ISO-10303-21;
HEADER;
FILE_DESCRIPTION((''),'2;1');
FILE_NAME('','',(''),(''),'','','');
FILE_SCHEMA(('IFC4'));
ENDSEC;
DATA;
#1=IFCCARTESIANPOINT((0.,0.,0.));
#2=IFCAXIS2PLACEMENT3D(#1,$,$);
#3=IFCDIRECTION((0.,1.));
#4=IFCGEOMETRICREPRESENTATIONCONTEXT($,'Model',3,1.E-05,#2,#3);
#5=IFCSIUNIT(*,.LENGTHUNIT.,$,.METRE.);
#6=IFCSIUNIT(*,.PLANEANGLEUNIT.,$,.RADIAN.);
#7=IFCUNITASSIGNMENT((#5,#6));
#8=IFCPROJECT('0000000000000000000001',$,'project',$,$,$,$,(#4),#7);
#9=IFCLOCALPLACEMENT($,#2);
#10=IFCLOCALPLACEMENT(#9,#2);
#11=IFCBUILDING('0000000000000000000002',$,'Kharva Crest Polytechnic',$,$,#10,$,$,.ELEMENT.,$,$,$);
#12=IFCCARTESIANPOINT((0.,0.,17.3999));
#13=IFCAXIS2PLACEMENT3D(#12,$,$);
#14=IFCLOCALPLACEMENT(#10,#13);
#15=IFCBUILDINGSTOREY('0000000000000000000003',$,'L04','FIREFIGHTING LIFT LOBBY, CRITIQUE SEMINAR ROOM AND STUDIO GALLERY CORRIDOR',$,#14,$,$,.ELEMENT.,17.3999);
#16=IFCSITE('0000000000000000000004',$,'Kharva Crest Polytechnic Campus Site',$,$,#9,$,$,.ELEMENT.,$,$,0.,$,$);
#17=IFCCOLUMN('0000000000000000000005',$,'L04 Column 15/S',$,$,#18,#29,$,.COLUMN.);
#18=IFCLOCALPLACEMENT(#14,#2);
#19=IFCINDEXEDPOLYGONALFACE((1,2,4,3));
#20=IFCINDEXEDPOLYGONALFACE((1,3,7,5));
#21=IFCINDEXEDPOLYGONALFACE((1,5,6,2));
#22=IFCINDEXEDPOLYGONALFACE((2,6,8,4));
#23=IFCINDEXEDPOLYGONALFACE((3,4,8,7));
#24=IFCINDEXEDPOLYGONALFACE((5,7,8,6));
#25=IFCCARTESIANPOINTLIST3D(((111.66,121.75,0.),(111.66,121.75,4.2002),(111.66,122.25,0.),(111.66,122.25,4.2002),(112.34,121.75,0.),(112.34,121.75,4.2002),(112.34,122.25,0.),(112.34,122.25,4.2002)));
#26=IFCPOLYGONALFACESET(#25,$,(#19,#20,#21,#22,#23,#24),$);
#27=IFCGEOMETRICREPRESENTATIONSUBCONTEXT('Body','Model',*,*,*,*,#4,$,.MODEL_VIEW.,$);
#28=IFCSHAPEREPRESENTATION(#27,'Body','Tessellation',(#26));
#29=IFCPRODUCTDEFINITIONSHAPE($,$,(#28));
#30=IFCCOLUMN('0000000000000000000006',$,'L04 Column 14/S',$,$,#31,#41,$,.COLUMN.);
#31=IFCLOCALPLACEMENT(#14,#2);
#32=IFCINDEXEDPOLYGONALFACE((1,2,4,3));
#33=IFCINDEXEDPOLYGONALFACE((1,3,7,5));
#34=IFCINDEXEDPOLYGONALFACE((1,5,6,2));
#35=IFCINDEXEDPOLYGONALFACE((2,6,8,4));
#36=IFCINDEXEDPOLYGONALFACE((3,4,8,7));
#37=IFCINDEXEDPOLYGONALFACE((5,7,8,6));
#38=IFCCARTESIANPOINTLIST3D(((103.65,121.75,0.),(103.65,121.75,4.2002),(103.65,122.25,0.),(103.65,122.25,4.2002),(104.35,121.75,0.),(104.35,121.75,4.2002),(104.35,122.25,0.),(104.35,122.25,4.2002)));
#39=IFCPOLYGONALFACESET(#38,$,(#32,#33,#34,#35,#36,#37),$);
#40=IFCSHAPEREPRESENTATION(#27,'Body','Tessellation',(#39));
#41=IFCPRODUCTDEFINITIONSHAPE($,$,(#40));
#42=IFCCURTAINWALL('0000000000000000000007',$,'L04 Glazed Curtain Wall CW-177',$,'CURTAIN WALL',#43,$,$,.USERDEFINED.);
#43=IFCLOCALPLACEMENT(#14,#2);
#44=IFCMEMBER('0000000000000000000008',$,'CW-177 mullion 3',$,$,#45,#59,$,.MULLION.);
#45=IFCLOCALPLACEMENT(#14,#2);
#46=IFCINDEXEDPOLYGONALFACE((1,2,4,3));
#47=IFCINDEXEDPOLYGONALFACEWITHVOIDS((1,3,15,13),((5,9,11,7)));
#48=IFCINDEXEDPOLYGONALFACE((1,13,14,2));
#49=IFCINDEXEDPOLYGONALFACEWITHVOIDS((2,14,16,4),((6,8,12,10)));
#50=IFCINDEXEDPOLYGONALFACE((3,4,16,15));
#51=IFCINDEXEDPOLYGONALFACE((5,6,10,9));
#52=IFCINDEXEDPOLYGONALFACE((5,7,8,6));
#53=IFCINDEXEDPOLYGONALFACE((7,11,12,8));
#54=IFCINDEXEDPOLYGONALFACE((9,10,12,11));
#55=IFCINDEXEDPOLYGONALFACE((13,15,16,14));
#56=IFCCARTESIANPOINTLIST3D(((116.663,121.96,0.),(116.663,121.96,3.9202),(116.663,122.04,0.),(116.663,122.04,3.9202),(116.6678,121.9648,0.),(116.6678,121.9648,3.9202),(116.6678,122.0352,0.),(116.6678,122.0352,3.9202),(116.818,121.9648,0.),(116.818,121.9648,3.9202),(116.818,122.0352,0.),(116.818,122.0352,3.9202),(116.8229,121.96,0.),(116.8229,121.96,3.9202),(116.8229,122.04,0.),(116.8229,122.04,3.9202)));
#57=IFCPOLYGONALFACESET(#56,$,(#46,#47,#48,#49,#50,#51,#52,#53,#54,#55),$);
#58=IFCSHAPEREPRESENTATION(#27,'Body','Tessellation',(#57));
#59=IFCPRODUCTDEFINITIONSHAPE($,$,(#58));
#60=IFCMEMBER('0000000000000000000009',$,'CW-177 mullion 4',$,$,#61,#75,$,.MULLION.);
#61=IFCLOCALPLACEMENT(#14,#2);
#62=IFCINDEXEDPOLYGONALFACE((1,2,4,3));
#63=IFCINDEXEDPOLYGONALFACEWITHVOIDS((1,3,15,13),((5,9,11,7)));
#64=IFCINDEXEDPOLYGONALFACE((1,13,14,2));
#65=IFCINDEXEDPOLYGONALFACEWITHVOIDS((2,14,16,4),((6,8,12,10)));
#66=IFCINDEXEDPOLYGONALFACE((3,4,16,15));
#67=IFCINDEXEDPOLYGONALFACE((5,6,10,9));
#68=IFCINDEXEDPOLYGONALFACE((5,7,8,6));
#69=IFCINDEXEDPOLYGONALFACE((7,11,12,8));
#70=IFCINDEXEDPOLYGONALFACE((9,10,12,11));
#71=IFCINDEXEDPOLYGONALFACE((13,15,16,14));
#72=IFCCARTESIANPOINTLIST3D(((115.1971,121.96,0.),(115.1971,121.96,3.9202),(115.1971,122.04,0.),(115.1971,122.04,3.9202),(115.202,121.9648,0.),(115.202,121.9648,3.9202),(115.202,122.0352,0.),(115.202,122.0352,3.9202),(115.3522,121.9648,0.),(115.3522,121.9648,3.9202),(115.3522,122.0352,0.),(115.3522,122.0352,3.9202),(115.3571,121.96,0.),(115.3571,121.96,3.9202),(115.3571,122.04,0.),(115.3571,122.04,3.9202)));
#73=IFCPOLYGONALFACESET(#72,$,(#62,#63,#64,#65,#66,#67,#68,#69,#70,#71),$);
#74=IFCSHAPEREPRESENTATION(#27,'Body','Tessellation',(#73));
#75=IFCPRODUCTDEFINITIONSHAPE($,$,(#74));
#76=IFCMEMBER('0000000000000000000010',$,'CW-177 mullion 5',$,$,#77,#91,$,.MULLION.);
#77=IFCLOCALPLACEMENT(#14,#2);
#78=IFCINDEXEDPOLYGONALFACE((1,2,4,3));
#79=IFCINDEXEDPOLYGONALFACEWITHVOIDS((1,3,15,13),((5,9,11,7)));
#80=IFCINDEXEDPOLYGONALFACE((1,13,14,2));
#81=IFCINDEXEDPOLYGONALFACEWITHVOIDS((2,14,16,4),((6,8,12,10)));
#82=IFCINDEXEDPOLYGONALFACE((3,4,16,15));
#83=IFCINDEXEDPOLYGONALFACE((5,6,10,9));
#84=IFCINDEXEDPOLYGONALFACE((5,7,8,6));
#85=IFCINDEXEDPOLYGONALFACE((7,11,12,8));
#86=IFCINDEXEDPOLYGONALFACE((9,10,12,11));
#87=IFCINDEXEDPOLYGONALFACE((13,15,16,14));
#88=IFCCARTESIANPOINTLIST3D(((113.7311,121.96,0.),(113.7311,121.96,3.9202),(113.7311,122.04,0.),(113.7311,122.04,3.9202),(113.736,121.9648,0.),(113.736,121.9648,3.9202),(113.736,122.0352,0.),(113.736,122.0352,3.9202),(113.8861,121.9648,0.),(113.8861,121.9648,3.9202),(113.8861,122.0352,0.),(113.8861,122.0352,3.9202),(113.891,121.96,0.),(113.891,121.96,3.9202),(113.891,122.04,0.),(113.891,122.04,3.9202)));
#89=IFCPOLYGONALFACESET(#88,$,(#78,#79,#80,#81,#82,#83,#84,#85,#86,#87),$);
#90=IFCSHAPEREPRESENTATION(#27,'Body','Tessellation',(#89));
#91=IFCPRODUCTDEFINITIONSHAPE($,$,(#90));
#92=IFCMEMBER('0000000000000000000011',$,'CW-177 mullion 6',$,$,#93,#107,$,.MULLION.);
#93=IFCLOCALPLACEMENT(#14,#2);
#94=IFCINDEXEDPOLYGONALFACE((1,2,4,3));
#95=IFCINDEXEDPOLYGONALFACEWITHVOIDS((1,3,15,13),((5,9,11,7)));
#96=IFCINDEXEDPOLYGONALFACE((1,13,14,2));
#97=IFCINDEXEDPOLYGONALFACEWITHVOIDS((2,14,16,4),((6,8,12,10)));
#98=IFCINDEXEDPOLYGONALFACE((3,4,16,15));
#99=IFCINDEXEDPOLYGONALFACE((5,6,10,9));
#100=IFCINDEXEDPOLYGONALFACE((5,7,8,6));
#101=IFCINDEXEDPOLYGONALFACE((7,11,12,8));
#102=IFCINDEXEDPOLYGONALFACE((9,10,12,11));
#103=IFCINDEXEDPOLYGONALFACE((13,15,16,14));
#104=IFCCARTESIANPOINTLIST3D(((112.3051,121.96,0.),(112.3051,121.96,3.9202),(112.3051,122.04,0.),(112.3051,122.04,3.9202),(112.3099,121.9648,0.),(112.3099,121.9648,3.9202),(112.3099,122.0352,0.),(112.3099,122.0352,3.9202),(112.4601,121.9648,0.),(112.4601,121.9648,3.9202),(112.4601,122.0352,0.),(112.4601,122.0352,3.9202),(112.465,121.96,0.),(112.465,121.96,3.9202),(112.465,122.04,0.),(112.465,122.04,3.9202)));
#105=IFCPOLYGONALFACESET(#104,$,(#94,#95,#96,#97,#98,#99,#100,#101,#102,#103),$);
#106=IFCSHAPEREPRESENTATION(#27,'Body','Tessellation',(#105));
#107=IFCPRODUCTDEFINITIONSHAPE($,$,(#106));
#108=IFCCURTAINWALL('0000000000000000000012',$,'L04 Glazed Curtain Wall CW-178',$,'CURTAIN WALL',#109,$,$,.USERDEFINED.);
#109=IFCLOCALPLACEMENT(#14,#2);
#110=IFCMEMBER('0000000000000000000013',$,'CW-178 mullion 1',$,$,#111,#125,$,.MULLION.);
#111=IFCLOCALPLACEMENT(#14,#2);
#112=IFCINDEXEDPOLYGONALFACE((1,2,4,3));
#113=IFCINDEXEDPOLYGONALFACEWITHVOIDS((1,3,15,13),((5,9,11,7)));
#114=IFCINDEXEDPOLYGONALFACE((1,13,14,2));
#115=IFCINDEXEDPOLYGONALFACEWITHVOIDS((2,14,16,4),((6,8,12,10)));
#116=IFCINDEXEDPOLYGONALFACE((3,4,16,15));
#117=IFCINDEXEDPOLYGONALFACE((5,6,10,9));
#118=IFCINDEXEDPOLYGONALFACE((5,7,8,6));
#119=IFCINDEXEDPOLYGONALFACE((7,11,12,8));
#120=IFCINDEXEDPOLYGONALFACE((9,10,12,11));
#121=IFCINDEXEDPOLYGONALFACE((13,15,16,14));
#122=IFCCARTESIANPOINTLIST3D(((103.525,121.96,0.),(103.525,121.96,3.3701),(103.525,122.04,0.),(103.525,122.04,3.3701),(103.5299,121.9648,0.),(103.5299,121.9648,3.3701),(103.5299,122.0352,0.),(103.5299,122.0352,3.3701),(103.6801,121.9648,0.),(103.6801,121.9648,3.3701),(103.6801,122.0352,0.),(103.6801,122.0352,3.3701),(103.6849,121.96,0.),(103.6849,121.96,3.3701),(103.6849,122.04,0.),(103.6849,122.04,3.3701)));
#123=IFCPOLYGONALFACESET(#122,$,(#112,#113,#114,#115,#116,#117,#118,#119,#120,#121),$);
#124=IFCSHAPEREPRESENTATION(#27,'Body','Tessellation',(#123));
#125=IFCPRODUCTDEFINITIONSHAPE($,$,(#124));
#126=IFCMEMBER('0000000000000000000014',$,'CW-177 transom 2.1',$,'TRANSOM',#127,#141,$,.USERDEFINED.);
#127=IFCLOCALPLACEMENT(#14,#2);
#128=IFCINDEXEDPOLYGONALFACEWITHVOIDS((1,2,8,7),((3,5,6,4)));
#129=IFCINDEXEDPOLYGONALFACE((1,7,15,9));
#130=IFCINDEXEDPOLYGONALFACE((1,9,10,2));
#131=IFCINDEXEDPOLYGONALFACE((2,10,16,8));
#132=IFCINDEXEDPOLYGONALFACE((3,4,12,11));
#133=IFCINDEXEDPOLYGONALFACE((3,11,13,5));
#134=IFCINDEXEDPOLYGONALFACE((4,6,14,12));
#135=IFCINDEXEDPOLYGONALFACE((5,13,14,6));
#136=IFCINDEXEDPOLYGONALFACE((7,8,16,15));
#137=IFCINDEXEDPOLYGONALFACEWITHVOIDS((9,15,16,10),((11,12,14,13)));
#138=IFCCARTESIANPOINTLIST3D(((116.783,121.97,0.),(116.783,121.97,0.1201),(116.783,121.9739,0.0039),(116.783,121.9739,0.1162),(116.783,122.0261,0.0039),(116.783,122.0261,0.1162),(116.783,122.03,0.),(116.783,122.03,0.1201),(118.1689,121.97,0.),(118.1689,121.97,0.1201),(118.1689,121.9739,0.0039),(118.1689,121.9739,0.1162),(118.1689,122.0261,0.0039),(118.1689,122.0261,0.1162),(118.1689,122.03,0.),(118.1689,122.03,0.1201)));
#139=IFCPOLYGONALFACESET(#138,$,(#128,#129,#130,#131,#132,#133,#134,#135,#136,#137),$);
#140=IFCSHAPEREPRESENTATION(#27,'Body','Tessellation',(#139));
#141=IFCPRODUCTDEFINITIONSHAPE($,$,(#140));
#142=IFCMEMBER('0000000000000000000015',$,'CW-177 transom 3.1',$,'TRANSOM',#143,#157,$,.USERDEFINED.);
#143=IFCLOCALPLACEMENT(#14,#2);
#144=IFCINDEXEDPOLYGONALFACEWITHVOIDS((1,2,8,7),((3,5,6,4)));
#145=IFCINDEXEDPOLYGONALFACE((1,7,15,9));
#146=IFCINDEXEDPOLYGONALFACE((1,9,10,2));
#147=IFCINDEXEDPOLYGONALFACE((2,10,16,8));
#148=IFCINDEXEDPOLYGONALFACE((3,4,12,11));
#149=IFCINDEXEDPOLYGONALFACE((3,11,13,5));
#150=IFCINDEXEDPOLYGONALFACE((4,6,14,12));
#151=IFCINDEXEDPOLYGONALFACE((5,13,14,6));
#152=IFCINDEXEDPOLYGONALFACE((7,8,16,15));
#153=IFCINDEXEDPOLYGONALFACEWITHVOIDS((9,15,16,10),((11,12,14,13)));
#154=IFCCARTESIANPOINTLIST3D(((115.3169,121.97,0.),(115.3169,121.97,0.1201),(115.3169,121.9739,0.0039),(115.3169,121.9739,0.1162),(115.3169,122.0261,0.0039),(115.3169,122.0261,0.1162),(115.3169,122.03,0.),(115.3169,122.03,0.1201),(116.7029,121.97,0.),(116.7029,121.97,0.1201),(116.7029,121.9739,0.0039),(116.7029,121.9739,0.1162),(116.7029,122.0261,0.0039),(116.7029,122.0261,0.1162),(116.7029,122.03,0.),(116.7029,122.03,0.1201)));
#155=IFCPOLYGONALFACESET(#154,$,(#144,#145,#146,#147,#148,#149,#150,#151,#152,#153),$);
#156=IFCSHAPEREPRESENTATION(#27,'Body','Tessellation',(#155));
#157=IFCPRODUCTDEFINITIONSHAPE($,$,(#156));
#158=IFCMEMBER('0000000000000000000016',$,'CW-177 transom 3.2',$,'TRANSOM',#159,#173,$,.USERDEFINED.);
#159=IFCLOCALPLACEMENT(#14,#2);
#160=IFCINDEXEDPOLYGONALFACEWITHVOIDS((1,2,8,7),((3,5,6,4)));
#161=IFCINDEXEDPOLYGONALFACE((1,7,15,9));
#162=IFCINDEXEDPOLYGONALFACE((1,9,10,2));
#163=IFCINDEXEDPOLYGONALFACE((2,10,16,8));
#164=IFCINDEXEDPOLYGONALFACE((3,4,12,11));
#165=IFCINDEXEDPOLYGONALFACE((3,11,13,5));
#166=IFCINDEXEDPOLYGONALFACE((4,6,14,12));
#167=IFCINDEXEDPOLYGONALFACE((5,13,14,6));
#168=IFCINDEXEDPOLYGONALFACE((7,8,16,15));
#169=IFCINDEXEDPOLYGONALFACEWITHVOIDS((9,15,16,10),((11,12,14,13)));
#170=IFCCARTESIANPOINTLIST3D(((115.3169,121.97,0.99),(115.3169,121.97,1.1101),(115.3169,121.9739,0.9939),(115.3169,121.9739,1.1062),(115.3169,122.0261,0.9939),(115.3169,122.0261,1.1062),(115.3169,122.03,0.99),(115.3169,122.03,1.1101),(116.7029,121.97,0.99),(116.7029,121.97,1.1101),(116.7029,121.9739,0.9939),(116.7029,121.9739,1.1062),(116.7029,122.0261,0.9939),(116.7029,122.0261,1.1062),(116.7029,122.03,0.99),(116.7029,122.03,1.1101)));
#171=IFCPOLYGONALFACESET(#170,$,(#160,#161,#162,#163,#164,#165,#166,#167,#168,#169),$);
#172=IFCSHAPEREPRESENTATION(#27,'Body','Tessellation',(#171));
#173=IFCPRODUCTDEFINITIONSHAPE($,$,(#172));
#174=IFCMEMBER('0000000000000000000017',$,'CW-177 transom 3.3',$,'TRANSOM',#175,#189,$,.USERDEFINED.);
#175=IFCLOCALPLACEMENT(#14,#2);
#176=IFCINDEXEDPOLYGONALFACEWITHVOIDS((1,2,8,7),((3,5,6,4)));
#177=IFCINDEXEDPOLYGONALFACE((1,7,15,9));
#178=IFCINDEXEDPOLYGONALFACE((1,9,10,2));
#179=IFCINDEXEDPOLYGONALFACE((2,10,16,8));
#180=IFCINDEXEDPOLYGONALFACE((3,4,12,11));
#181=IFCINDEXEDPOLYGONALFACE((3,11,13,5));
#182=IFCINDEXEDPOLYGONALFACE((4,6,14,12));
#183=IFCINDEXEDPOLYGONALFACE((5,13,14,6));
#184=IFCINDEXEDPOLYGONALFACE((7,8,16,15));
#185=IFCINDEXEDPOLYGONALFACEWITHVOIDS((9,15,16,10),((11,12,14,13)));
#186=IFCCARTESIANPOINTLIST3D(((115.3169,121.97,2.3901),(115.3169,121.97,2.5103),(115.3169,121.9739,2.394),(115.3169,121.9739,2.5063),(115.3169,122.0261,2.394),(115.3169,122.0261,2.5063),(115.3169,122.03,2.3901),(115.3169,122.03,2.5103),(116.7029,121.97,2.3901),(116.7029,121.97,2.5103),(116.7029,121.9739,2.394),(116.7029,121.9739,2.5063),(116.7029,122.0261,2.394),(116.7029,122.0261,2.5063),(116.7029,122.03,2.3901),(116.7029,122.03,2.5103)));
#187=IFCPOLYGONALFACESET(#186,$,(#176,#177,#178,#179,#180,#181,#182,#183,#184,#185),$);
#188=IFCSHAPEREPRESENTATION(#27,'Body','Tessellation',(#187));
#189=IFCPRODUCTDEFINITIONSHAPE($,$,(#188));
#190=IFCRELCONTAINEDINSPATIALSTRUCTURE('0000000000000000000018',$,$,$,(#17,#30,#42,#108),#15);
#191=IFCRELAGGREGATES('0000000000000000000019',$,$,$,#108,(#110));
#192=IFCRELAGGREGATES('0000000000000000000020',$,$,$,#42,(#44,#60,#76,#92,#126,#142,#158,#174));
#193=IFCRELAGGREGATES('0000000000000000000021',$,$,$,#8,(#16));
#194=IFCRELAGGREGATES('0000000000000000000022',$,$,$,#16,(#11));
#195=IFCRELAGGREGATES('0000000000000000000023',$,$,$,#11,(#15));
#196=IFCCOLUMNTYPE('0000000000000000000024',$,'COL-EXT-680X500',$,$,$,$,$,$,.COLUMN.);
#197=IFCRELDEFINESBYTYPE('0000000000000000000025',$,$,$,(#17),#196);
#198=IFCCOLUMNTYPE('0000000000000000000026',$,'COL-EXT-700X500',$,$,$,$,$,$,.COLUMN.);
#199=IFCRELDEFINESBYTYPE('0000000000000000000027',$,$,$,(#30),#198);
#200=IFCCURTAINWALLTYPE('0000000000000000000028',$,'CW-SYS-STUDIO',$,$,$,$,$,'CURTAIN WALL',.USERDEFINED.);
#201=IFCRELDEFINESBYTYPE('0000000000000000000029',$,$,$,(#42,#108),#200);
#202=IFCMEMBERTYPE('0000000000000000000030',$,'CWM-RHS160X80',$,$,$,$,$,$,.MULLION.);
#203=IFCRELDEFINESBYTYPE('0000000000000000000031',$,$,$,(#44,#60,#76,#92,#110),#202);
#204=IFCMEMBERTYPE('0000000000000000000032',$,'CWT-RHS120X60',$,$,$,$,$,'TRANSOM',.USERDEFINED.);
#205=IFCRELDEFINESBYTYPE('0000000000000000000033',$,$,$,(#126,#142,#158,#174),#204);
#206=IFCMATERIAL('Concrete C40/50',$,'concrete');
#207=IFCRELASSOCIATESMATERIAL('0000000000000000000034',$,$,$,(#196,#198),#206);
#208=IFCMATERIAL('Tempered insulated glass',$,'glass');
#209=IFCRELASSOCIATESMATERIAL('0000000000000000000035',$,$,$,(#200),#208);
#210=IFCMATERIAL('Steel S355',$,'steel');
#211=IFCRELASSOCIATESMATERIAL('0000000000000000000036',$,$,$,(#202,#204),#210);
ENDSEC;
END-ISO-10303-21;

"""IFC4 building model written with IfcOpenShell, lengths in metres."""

from ifc_helpers import new_model, si_unit, direction, frame, origin, origin_2d, place, context, subcontext, project, spatial, rectangle, hollow_rectangle, extrude, material, material_profile, profile_set, type_object, element, aggregate, save


model = new_model("IFC4")

# Units and contexts
model_context = context("Model", 3, precision=1e-05, world=origin(), true_north=direction((0.0, 1.0)))
body_context = subcontext(model_context, "Body", "Model", "MODEL_VIEW")
ifc_project = project(units=[si_unit("LENGTHUNIT", "METRE"), si_unit("PLANEANGLEUNIT", "RADIAN")], contexts=[model_context])

# Site, building, storey
site_placement = place(None, origin())
site = spatial("IfcSite", under=ifc_project, at=site_placement, Name="Kharva Crest Polytechnic Campus Site", CompositionType="ELEMENT", RefElevation=0.0)
building_placement = place(site_placement, origin())
building = spatial("IfcBuilding", under=site, at=building_placement, Name="Kharva Crest Polytechnic", CompositionType="ELEMENT")
storey_placement = place(building_placement, frame((0.0, 0.0, 17.3999)))
storey = spatial("IfcBuildingStorey", under=building, at=storey_placement, Name="L04", Description="FIREFIGHTING LIFT LOBBY, CRITIQUE SEMINAR ROOM AND STUDIO GALLERY CORRIDOR", CompositionType="ELEMENT", Elevation=17.3999)

# Columns
ifc_material_1 = material(Name="Concrete C40/50", Category="concrete")
ifc_material_profile_1 = material_profile(ifc_material_1, rectangle(XDim=0.6799, YDim=0.5, at=origin_2d()), Name="RECT 680 X 500")
ifc_profile_set_1 = profile_set([ifc_material_profile_1], Name="Concrete C40/50")
column_type_1 = type_object("IfcColumnType", Name="COL-EXT-680X500", PredefinedType="COLUMN", material=ifc_profile_set_1)
column_1_placement = place(storey_placement, frame((112.0, 122.0, 0.0), z_axis=(0.0, 0.0, 1.0), x_axis=(1.0, 0.0, 0.0)))
element("IfcColumn", 1, at=column_1_placement, inside=storey, type_object=column_type_1, Name="L04 Column 15/S", PredefinedType="COLUMN", context=body_context, shape_type="SweptSolid", body=[
    extrude(rectangle(XDim=0.6799, YDim=0.5, at=origin_2d()), origin(), (0.0, 0.0, 1.0), 4.2002),
])
ifc_material_profile_2 = material_profile(ifc_material_1, rectangle(XDim=0.7, YDim=0.5, at=origin_2d()), Name="RECT 700 X 500")
ifc_profile_set_2 = profile_set([ifc_material_profile_2], Name="Concrete C40/50")
column_type_2 = type_object("IfcColumnType", Name="COL-EXT-700X500", PredefinedType="COLUMN", material=ifc_profile_set_2)
column_2_placement = place(storey_placement, frame((104.0, 122.0, 0.0), z_axis=(0.0, 0.0, 1.0), x_axis=(1.0, 0.0, 0.0)))
element("IfcColumn", 2, at=column_2_placement, inside=storey, type_object=column_type_2, Name="L04 Column 14/S", PredefinedType="COLUMN", context=body_context, shape_type="SweptSolid", body=[
    extrude(rectangle(XDim=0.7, YDim=0.5, at=origin_2d()), origin(), (0.0, 0.0, 1.0), 4.2002),
])

# Curtain wall, members
ifc_material_2 = material(Name="Tempered insulated glass", Category="glass")
curtain_wall_type = type_object("IfcCurtainWallType", Name="CW-SYS-STUDIO", ElementType="CURTAIN WALL", PredefinedType="USERDEFINED", material=ifc_material_2)
curtain_wall_1_placement = place(storey_placement, origin())
curtain_wall_1 = element("IfcCurtainWall", 3, at=curtain_wall_1_placement, inside=storey, type_object=curtain_wall_type, Name="L04 Glazed Curtain Wall CW-177", ObjectType="CURTAIN WALL", PredefinedType="USERDEFINED")
ifc_material_3 = material(Name="Steel S355", Category="steel")
ifc_material_profile_3 = material_profile(ifc_material_3, hollow_rectangle(XDim=0.0801, YDim=0.1599, WallThickness=0.0049, at=origin_2d()), Name="RHS 160X80X5.0")
ifc_profile_set_3 = profile_set([ifc_material_profile_3], Name="Steel S355")
member_type_1 = type_object("IfcMemberType", Name="CWM-RHS160X80", PredefinedType="MULLION", material=ifc_profile_set_3)
member_1_placement = place(storey_placement, frame((116.7429, 122.0, 0.0), z_axis=(0.0, 0.0, 1.0), x_axis=(0.0, -1.0, 0.0)))
member_1 = element("IfcMember", 4, at=member_1_placement, type_object=member_type_1, Name="CW-177 mullion 3", PredefinedType="MULLION", context=body_context, shape_type="SweptSolid", body=[
    extrude(hollow_rectangle(XDim=0.0801, YDim=0.1599, WallThickness=0.0049, at=origin_2d()), origin(), (0.0, 0.0, 1.0), 3.9202),
])
member_2_placement = place(storey_placement, frame((115.2771, 122.0, 0.0), z_axis=(0.0, 0.0, 1.0), x_axis=(0.0, -1.0, 0.0)))
member_2 = element("IfcMember", 5, at=member_2_placement, type_object=member_type_1, Name="CW-177 mullion 4", PredefinedType="MULLION", context=body_context, shape_type="SweptSolid", body=[
    extrude(hollow_rectangle(XDim=0.0801, YDim=0.1599, WallThickness=0.0049, at=origin_2d()), origin(), (0.0, 0.0, 1.0), 3.9202),
])
member_3_placement = place(storey_placement, frame((113.811, 122.0, 0.0), z_axis=(0.0, 0.0, 1.0), x_axis=(0.0, -1.0, 0.0)))
member_3 = element("IfcMember", 6, at=member_3_placement, type_object=member_type_1, Name="CW-177 mullion 5", PredefinedType="MULLION", context=body_context, shape_type="SweptSolid", body=[
    extrude(hollow_rectangle(XDim=0.0801, YDim=0.1599, WallThickness=0.0049, at=origin_2d()), origin(), (0.0, 0.0, 1.0), 3.9202),
])
member_4_placement = place(storey_placement, frame((112.385, 122.0, 0.0), z_axis=(0.0, 0.0, 1.0), x_axis=(0.0, -1.0, 0.0)))
member_4 = element("IfcMember", 7, at=member_4_placement, type_object=member_type_1, Name="CW-177 mullion 6", PredefinedType="MULLION", context=body_context, shape_type="SweptSolid", body=[
    extrude(hollow_rectangle(XDim=0.0801, YDim=0.1599, WallThickness=0.0049, at=origin_2d()), origin(), (0.0, 0.0, 1.0), 3.9202),
])

# Curtain wall, member
curtain_wall_2_placement = place(storey_placement, origin())
curtain_wall_2 = element("IfcCurtainWall", 8, at=curtain_wall_2_placement, inside=storey, type_object=curtain_wall_type, Name="L04 Glazed Curtain Wall CW-178", ObjectType="CURTAIN WALL", PredefinedType="USERDEFINED")
member_5_placement = place(storey_placement, frame((103.605, 122.0, 0.0), z_axis=(0.0, 0.0, 1.0), x_axis=(0.0, -1.0, 0.0)))
member_5 = element("IfcMember", 9, at=member_5_placement, type_object=member_type_1, Name="CW-178 mullion 1", PredefinedType="MULLION", context=body_context, shape_type="SweptSolid", body=[
    extrude(hollow_rectangle(XDim=0.0801, YDim=0.1599, WallThickness=0.0049, at=origin_2d()), origin(), (0.0, 0.0, 1.0), 3.3701),
])

# Members
ifc_material_profile_4 = material_profile(ifc_material_3, hollow_rectangle(XDim=0.0601, YDim=0.1201, WallThickness=0.0039, at=origin_2d()), Name="RHS 120X60X4.0")
ifc_profile_set_4 = profile_set([ifc_material_profile_4], Name="Steel S355")
member_type_2 = type_object("IfcMemberType", Name="CWT-RHS120X60", ElementType="TRANSOM", PredefinedType="USERDEFINED", material=ifc_profile_set_4)
member_6_placement = place(storey_placement, frame((118.1689, 122.0, 0.0601), z_axis=(-1.0, 0.0, 0.0), x_axis=(0.0, -1.0, 0.0)))
member_6 = element("IfcMember", 10, at=member_6_placement, type_object=member_type_2, Name="CW-177 transom 2.1", ObjectType="TRANSOM", PredefinedType="USERDEFINED", context=body_context, shape_type="SweptSolid", body=[
    extrude(hollow_rectangle(XDim=0.0601, YDim=0.1201, WallThickness=0.0039, at=origin_2d()), origin(), (0.0, 0.0, 1.0), 1.386),
])
member_7_placement = place(storey_placement, frame((116.7029, 122.0, 0.0601), z_axis=(-1.0, 0.0, 0.0), x_axis=(0.0, -1.0, 0.0)))
member_7 = element("IfcMember", 11, at=member_7_placement, type_object=member_type_2, Name="CW-177 transom 3.1", ObjectType="TRANSOM", PredefinedType="USERDEFINED", context=body_context, shape_type="SweptSolid", body=[
    extrude(hollow_rectangle(XDim=0.0601, YDim=0.1201, WallThickness=0.0039, at=origin_2d()), origin(), (0.0, 0.0, 1.0), 1.386),
])
member_8_placement = place(storey_placement, frame((116.7029, 122.0, 1.05), z_axis=(-1.0, 0.0, 0.0), x_axis=(0.0, -1.0, 0.0)))
member_8 = element("IfcMember", 12, at=member_8_placement, type_object=member_type_2, Name="CW-177 transom 3.2", ObjectType="TRANSOM", PredefinedType="USERDEFINED", context=body_context, shape_type="SweptSolid", body=[
    extrude(hollow_rectangle(XDim=0.0601, YDim=0.1201, WallThickness=0.0039, at=origin_2d()), origin(), (0.0, 0.0, 1.0), 1.386),
])
member_9_placement = place(storey_placement, frame((116.7029, 122.0, 2.4502), z_axis=(-1.0, 0.0, 0.0), x_axis=(0.0, -1.0, 0.0)))
member_9 = element("IfcMember", 13, at=member_9_placement, type_object=member_type_2, Name="CW-177 transom 3.3", ObjectType="TRANSOM", PredefinedType="USERDEFINED", context=body_context, shape_type="SweptSolid", body=[
    extrude(hollow_rectangle(XDim=0.0601, YDim=0.1201, WallThickness=0.0039, at=origin_2d()), origin(), (0.0, 0.0, 1.0), 1.386),
])
aggregate(curtain_wall_2, [member_5])

aggregate(curtain_wall_1, [member_1, member_2, member_3, member_4, member_6, member_7, member_8, member_9])

save(model, "model.ifc")
